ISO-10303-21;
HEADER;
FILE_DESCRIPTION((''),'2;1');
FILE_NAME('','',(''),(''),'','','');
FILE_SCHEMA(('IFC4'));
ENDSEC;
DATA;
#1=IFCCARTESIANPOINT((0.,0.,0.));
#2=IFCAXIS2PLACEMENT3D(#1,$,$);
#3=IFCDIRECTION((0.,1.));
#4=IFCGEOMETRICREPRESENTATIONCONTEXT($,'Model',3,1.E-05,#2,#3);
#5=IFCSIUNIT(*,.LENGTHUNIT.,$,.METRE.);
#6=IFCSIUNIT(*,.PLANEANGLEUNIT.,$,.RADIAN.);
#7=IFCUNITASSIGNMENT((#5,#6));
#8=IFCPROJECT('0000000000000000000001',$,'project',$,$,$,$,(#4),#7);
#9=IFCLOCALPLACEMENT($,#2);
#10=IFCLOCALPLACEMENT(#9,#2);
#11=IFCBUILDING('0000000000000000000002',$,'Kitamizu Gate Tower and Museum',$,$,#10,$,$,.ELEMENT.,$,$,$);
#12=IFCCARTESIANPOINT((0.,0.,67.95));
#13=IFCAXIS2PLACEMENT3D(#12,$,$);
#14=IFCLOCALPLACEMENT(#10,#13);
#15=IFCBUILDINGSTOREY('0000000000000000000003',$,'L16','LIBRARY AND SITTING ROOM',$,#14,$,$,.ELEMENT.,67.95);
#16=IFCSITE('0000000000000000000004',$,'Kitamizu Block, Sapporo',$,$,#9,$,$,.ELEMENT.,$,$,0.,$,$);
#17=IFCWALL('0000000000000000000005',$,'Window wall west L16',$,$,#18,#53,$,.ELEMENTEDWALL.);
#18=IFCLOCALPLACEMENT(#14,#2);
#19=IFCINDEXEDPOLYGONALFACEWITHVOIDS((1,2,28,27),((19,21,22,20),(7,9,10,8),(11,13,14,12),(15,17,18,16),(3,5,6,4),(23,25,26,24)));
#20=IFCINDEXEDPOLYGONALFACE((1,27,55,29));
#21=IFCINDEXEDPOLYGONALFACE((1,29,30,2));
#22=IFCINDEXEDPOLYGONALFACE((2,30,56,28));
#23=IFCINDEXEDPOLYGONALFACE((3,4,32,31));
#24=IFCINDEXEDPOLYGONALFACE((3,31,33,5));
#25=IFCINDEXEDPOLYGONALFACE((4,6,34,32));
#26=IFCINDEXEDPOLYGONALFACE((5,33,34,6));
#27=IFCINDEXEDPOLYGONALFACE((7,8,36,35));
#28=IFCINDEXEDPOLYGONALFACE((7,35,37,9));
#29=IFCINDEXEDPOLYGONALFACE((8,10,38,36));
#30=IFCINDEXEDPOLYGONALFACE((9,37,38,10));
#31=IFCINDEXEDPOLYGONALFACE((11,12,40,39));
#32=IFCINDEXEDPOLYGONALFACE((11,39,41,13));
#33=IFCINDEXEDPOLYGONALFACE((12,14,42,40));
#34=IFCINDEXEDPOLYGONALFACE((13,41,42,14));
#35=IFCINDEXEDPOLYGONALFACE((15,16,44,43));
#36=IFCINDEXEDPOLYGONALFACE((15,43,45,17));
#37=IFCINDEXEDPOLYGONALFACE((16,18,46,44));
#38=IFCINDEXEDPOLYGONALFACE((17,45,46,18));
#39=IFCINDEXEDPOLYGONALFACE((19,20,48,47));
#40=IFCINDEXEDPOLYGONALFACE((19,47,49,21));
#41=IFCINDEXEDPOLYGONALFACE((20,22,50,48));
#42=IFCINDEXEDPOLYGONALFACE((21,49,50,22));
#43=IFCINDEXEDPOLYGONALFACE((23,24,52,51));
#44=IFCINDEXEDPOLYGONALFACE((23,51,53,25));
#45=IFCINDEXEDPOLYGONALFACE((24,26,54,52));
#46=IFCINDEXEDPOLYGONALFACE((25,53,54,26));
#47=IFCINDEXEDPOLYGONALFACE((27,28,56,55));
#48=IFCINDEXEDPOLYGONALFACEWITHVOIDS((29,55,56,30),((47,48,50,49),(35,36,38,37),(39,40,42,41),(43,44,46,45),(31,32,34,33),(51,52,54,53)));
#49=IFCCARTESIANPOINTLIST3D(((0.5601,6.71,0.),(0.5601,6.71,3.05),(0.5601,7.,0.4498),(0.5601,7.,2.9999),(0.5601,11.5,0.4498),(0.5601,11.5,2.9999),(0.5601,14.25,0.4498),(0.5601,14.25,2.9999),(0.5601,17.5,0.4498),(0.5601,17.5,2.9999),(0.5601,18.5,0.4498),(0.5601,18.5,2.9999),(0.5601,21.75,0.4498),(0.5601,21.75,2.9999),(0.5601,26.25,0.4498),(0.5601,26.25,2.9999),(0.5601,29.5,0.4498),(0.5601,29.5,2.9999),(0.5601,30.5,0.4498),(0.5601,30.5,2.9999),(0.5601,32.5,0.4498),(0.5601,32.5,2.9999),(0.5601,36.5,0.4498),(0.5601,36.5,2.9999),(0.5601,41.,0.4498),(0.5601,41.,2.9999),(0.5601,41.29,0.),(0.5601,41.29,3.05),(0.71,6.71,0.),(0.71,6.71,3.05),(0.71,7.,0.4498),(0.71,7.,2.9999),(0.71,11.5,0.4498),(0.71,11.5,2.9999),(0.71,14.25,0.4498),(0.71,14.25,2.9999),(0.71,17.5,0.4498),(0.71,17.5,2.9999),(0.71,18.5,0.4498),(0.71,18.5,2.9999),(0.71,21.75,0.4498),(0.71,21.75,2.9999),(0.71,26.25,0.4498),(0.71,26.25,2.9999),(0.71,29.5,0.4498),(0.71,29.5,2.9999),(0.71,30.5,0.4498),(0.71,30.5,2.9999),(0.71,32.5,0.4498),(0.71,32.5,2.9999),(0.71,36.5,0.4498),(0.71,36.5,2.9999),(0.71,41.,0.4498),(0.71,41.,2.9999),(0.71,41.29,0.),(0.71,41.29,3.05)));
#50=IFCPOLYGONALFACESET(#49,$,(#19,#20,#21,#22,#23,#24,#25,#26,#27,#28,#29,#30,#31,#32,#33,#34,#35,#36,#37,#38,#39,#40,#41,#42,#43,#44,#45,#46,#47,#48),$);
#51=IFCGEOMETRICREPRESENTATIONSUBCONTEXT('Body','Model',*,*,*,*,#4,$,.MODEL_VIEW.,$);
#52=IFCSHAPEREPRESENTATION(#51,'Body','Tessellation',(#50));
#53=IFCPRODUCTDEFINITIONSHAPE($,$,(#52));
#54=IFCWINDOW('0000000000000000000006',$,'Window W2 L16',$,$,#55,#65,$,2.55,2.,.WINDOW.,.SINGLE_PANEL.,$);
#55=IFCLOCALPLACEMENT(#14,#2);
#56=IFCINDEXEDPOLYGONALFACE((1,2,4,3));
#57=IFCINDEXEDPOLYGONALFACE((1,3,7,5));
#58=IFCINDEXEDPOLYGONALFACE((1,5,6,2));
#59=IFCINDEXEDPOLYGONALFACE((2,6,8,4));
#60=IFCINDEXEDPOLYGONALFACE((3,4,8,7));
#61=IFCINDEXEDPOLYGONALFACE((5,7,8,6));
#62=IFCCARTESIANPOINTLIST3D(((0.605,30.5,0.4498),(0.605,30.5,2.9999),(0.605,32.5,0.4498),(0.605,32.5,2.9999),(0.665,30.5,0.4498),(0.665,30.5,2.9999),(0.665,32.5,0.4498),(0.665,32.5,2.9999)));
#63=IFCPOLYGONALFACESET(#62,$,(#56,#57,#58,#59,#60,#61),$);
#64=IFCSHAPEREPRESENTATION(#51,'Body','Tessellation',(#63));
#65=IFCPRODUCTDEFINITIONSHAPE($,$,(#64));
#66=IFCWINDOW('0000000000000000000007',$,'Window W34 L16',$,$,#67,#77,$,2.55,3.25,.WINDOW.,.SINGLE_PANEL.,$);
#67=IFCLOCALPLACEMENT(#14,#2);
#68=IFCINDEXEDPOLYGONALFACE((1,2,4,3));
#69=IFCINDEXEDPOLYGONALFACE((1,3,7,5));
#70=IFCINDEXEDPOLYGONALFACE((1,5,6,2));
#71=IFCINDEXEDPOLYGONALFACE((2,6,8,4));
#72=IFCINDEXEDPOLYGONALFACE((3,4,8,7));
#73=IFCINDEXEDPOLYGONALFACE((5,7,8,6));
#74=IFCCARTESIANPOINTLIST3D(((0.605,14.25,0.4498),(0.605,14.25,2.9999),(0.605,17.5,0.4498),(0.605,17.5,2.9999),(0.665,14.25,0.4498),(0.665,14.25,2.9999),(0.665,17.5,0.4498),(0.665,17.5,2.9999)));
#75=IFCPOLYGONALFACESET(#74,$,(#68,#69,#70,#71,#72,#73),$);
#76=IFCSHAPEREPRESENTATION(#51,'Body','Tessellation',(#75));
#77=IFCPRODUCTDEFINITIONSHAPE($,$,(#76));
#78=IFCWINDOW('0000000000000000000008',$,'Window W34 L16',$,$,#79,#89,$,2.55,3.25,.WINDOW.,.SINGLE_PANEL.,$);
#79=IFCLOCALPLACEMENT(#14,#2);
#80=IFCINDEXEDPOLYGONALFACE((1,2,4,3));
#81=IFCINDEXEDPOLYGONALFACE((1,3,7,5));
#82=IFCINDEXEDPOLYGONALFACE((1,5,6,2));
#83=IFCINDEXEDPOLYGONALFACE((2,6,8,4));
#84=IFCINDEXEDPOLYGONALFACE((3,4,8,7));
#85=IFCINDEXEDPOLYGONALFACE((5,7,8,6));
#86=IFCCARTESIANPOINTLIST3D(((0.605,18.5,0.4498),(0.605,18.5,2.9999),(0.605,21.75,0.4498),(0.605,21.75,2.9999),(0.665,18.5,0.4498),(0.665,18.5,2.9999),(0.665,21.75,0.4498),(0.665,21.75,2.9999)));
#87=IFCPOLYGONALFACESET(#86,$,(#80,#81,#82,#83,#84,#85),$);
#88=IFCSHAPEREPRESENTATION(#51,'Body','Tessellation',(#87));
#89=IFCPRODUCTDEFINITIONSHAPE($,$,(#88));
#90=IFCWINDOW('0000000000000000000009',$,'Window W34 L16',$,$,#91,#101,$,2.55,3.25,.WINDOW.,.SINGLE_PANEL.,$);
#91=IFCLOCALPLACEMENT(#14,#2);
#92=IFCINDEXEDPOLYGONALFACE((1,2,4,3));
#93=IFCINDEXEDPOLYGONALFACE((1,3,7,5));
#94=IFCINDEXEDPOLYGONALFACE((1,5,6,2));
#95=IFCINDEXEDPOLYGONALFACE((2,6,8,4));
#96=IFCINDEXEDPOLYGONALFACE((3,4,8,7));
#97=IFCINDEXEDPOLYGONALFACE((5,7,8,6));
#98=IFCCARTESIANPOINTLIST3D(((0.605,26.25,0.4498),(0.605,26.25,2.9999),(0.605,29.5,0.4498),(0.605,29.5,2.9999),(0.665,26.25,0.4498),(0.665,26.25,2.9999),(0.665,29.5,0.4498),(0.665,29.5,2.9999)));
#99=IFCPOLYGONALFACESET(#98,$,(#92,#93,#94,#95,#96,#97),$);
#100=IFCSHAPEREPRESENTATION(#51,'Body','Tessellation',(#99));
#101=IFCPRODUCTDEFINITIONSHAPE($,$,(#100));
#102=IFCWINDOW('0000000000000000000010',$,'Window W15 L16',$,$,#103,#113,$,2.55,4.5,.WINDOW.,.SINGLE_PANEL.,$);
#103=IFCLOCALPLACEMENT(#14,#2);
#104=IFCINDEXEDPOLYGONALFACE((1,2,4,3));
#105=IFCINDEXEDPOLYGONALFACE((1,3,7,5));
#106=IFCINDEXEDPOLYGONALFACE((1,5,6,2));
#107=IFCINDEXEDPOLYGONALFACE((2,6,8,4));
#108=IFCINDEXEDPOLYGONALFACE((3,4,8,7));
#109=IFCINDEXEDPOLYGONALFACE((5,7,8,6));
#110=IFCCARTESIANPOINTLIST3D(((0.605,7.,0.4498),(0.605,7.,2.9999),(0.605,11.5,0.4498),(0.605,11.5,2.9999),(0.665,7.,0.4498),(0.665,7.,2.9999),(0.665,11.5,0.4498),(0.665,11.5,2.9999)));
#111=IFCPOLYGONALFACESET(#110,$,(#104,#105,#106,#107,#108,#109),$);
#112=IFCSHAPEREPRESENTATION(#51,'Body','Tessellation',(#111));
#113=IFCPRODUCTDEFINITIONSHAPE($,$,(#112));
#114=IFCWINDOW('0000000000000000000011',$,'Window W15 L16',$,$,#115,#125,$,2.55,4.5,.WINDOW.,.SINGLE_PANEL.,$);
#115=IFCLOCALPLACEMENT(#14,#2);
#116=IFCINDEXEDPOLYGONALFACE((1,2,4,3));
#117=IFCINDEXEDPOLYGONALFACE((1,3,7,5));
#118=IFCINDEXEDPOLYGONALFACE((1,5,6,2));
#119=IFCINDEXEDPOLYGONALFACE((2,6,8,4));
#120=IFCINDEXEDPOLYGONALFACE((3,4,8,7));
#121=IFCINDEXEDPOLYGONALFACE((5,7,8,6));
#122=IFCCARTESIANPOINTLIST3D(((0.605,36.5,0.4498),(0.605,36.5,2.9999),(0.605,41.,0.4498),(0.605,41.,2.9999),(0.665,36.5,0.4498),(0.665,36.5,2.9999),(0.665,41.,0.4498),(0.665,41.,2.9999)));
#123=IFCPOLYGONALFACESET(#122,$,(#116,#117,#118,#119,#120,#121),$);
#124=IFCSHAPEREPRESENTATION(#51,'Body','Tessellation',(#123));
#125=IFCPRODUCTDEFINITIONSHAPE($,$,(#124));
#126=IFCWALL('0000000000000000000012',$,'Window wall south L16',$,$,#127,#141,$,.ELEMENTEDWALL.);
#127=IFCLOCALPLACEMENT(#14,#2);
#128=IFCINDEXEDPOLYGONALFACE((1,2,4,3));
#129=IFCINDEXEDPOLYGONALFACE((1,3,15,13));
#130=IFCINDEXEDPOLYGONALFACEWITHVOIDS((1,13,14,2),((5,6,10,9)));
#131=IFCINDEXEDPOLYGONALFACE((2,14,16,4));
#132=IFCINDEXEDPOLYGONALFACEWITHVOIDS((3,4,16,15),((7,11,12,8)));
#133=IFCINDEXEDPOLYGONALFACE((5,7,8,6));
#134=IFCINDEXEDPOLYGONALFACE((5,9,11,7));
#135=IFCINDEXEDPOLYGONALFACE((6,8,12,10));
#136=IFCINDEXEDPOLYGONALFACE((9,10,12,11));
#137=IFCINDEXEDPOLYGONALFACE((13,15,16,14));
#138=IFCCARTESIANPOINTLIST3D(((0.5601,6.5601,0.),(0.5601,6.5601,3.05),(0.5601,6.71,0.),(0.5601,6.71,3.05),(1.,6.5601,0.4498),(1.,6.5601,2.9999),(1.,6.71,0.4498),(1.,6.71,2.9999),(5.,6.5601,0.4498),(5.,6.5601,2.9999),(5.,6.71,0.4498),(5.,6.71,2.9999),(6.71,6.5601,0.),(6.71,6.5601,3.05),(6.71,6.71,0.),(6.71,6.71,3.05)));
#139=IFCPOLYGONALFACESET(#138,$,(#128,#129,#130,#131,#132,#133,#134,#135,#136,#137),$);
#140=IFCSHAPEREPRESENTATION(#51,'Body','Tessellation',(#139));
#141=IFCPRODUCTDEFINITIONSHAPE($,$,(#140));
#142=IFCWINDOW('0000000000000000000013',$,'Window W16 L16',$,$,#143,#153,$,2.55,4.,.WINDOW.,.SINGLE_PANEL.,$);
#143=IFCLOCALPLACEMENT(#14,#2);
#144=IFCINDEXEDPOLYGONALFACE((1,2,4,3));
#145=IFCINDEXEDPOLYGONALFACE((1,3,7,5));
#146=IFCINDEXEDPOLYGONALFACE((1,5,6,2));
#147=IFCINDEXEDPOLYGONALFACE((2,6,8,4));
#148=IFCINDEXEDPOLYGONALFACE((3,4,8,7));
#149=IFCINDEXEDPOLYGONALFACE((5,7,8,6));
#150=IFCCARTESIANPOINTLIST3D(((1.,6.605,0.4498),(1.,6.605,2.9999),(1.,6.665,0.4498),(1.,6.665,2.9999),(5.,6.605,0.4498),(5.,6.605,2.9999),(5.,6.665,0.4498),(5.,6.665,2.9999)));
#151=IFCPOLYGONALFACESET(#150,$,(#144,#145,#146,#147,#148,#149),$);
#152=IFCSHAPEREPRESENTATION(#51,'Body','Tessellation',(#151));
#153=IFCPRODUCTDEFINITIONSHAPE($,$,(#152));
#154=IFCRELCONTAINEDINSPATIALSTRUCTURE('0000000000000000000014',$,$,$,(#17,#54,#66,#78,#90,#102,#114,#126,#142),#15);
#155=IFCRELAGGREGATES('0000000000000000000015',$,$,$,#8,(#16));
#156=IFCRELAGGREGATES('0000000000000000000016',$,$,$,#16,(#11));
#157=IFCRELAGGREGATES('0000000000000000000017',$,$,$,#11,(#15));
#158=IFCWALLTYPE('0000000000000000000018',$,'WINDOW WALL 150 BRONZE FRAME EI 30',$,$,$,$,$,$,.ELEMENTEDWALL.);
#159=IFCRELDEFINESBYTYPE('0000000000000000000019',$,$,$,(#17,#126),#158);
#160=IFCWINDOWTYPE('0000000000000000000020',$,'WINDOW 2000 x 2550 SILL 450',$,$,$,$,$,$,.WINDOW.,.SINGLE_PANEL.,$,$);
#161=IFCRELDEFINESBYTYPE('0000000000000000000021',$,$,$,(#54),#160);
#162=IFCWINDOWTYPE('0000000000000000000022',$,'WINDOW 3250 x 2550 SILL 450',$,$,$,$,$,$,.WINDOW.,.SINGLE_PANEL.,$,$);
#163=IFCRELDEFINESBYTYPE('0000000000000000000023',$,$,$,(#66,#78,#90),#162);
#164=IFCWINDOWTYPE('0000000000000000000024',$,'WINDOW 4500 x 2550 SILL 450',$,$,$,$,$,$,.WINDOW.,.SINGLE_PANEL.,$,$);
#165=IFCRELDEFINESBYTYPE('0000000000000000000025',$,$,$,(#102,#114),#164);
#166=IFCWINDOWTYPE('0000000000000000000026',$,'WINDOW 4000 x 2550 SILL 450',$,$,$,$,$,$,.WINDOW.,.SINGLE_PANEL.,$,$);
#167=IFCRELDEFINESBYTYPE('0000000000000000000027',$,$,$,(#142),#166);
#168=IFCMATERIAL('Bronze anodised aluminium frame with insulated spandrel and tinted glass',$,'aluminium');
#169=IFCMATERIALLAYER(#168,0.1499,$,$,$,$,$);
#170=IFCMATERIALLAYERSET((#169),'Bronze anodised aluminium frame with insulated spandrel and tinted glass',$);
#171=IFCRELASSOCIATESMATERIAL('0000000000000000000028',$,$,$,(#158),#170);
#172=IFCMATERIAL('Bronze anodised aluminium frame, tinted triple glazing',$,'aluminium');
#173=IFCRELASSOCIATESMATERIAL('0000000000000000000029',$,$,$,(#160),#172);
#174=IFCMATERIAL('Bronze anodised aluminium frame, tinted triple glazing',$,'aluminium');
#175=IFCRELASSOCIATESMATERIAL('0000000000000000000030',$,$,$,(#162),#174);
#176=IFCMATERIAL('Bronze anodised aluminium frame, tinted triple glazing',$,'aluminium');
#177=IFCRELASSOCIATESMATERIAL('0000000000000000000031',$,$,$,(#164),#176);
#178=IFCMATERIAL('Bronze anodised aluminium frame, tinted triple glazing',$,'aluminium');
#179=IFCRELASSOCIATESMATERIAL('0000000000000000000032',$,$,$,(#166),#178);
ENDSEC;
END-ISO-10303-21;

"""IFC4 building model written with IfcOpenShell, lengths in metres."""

from ifc_helpers import new_model, si_unit, direction, frame, frame_2d, origin, place, context, subcontext, project, spatial, rectangle, extrude, material, layer, layer_set, type_object, element, fill, save


model = new_model("IFC4")

# Units and contexts
model_context = context("Model", 3, precision=1e-05, world=origin(), true_north=direction((0.0, 1.0)))
body_context = subcontext(model_context, "Body", "Model", "MODEL_VIEW")
ifc_project = project(units=[si_unit("LENGTHUNIT", "METRE"), si_unit("PLANEANGLEUNIT", "RADIAN")], contexts=[model_context])

# Site, building, storey
site_placement = place(None, origin())
site = spatial("IfcSite", under=ifc_project, at=site_placement, Name="Kitamizu Block, Sapporo", CompositionType="ELEMENT", RefElevation=0.0)
building_placement = place(site_placement, origin())
building = spatial("IfcBuilding", under=site, at=building_placement, Name="Kitamizu Gate Tower and Museum", CompositionType="ELEMENT")
storey_placement = place(building_placement, frame((0.0, 0.0, 67.95)))
storey = spatial("IfcBuildingStorey", under=building, at=storey_placement, Name="L16", Description="LIBRARY AND SITTING ROOM", CompositionType="ELEMENT", Elevation=67.95)

# Wall, openings, windows
ifc_material_1 = material(Name="Bronze anodised aluminium frame with insulated spandrel and tinted glass", Category="aluminium")
ifc_layer_1 = layer(ifc_material_1, 0.1499)
ifc_layer_set_1 = layer_set([ifc_layer_1], Name="Bronze anodised aluminium frame with insulated spandrel and tinted glass")
wall_type_1 = type_object("IfcWallType", Name="WINDOW WALL 150 BRONZE FRAME EI 30", PredefinedType="ELEMENTEDWALL", material=ifc_layer_set_1)
wall_1_placement = place(storey_placement, frame((0.635, 6.71, 0.0), z_axis=(0.0, 0.0, 1.0), x_axis=(0.0, 1.0, 0.0)))
wall_1 = element("IfcWall", 1, at=wall_1_placement, inside=storey, type_object=wall_type_1, Name="Window wall west L16", PredefinedType="ELEMENTEDWALL", context=body_context, shape_type="SweptSolid", body=[
    extrude(rectangle(XDim=34.5801, YDim=0.1499, at=frame_2d((17.29, 0.0))), origin(), (0.0, 0.0, 1.0), 3.05),
])
opening_1_placement = place(wall_1_placement, frame((0.29, 0.0, 0.45)))
opening_1 = element("IfcOpeningElement", 2, at=opening_1_placement, cuts=wall_1, PredefinedType="OPENING", context=body_context, shape_type="SweptSolid", body=[
    extrude(rectangle(XDim=4.5, YDim=2.55, at=frame_2d((2.25, 1.2749))), frame((0.0, 0.085, 0.0), z_axis=(0.0, -1.0, 0.0), x_axis=(1.0, 0.0, 0.0)), (0.0, 0.0, 1.0), 0.1699),
])
opening_2_placement = place(wall_1_placement, frame((7.54, 0.0, 0.45)))
opening_2 = element("IfcOpeningElement", 3, at=opening_2_placement, cuts=wall_1, PredefinedType="OPENING", context=body_context, shape_type="SweptSolid", body=[
    extrude(rectangle(XDim=3.25, YDim=2.55, at=frame_2d((1.625, 1.2749))), frame((0.0, 0.085, 0.0), z_axis=(0.0, -1.0, 0.0), x_axis=(1.0, 0.0, 0.0)), (0.0, 0.0, 1.0), 0.1699),
])
opening_3_placement = place(wall_1_placement, frame((11.79, 0.0, 0.45)))
opening_3 = element("IfcOpeningElement", 4, at=opening_3_placement, cuts=wall_1, PredefinedType="OPENING", context=body_context, shape_type="SweptSolid", body=[
    extrude(rectangle(XDim=3.25, YDim=2.55, at=frame_2d((1.625, 1.2749))), frame((0.0, 0.085, 0.0), z_axis=(0.0, -1.0, 0.0), x_axis=(1.0, 0.0, 0.0)), (0.0, 0.0, 1.0), 0.1699),
])
opening_4_placement = place(wall_1_placement, frame((19.54, 0.0, 0.45)))
opening_4 = element("IfcOpeningElement", 5, at=opening_4_placement, cuts=wall_1, PredefinedType="OPENING", context=body_context, shape_type="SweptSolid", body=[
    extrude(rectangle(XDim=3.25, YDim=2.55, at=frame_2d((1.625, 1.2749))), frame((0.0, 0.085, 0.0), z_axis=(0.0, -1.0, 0.0), x_axis=(1.0, 0.0, 0.0)), (0.0, 0.0, 1.0), 0.1699),
])
opening_5_placement = place(wall_1_placement, frame((23.79, 0.0, 0.45)))
opening_5 = element("IfcOpeningElement", 6, at=opening_5_placement, cuts=wall_1, PredefinedType="OPENING", context=body_context, shape_type="SweptSolid", body=[
    extrude(rectangle(XDim=2.0, YDim=2.55, at=frame_2d((1.0, 1.2749))), frame((0.0, 0.085, 0.0), z_axis=(0.0, -1.0, 0.0), x_axis=(1.0, 0.0, 0.0)), (0.0, 0.0, 1.0), 0.1699),
])
opening_6_placement = place(wall_1_placement, frame((29.79, 0.0, 0.45)))
opening_6 = element("IfcOpeningElement", 7, at=opening_6_placement, cuts=wall_1, PredefinedType="OPENING", context=body_context, shape_type="SweptSolid", body=[
    extrude(rectangle(XDim=4.5, YDim=2.55, at=frame_2d((2.25, 1.2749))), frame((0.0, 0.085, 0.0), z_axis=(0.0, -1.0, 0.0), x_axis=(1.0, 0.0, 0.0)), (0.0, 0.0, 1.0), 0.1699),
])
ifc_material_2 = material(Name="Bronze anodised aluminium frame, tinted triple glazing", Category="aluminium")
window_type_1 = type_object("IfcWindowType", Name="WINDOW 2000 x 2550 SILL 450", PartitioningType="SINGLE_PANEL", PredefinedType="WINDOW", material=ifc_material_2)
window_1_placement = place(opening_5_placement, origin())
window_1 = element("IfcWindow", 8, at=window_1_placement, inside=storey, type_object=window_type_1, Name="Window W2 L16", OverallHeight=2.55, OverallWidth=2.0, PartitioningType="SINGLE_PANEL", PredefinedType="WINDOW", context=body_context, shape_type="SweptSolid", body=[
    extrude(rectangle(XDim=2.0, YDim=2.55, at=frame_2d((1.0, 1.2749))), frame((0.0, 0.03, 0.0), z_axis=(0.0, -1.0, 0.0), x_axis=(1.0, 0.0, 0.0)), (0.0, 0.0, 1.0), 0.0601),
])
fill(opening_5, window_1)
ifc_material_3 = material(Name="Bronze anodised aluminium frame, tinted triple glazing", Category="aluminium")
window_type_2 = type_object("IfcWindowType", Name="WINDOW 3250 x 2550 SILL 450", PartitioningType="SINGLE_PANEL", PredefinedType="WINDOW", material=ifc_material_3)
window_2_placement = place(opening_2_placement, origin())
window_2 = element("IfcWindow", 9, at=window_2_placement, inside=storey, type_object=window_type_2, Name="Window W34 L16", OverallHeight=2.55, OverallWidth=3.25, PartitioningType="SINGLE_PANEL", PredefinedType="WINDOW", context=body_context, shape_type="SweptSolid", body=[
    extrude(rectangle(XDim=3.25, YDim=2.55, at=frame_2d((1.625, 1.2749))), frame((0.0, 0.03, 0.0), z_axis=(0.0, -1.0, 0.0), x_axis=(1.0, 0.0, 0.0)), (0.0, 0.0, 1.0), 0.0601),
])
fill(opening_2, window_2)
window_3_placement = place(opening_3_placement, origin())
window_3 = element("IfcWindow", 10, at=window_3_placement, inside=storey, type_object=window_type_2, Name="Window W34 L16", OverallHeight=2.55, OverallWidth=3.25, PartitioningType="SINGLE_PANEL", PredefinedType="WINDOW", context=body_context, shape_type="SweptSolid", body=[
    extrude(rectangle(XDim=3.25, YDim=2.55, at=frame_2d((1.625, 1.2749))), frame((0.0, 0.03, 0.0), z_axis=(0.0, -1.0, 0.0), x_axis=(1.0, 0.0, 0.0)), (0.0, 0.0, 1.0), 0.0601),
])
fill(opening_3, window_3)
window_4_placement = place(opening_4_placement, origin())
window_4 = element("IfcWindow", 11, at=window_4_placement, inside=storey, type_object=window_type_2, Name="Window W34 L16", OverallHeight=2.55, OverallWidth=3.25, PartitioningType="SINGLE_PANEL", PredefinedType="WINDOW", context=body_context, shape_type="SweptSolid", body=[
    extrude(rectangle(XDim=3.25, YDim=2.55, at=frame_2d((1.625, 1.2749))), frame((0.0, 0.03, 0.0), z_axis=(0.0, -1.0, 0.0), x_axis=(1.0, 0.0, 0.0)), (0.0, 0.0, 1.0), 0.0601),
])
fill(opening_4, window_4)
ifc_material_4 = material(Name="Bronze anodised aluminium frame, tinted triple glazing", Category="aluminium")
window_type_3 = type_object("IfcWindowType", Name="WINDOW 4500 x 2550 SILL 450", PartitioningType="SINGLE_PANEL", PredefinedType="WINDOW", material=ifc_material_4)
window_5_placement = place(opening_1_placement, origin())
window_5 = element("IfcWindow", 12, at=window_5_placement, inside=storey, type_object=window_type_3, Name="Window W15 L16", OverallHeight=2.55, OverallWidth=4.5, PartitioningType="SINGLE_PANEL", PredefinedType="WINDOW", context=body_context, shape_type="SweptSolid", body=[
    extrude(rectangle(XDim=4.5, YDim=2.55, at=frame_2d((2.25, 1.2749))), frame((0.0, 0.03, 0.0), z_axis=(0.0, -1.0, 0.0), x_axis=(1.0, 0.0, 0.0)), (0.0, 0.0, 1.0), 0.0601),
])
fill(opening_1, window_5)
window_6_placement = place(opening_6_placement, origin())
window_6 = element("IfcWindow", 13, at=window_6_placement, inside=storey, type_object=window_type_3, Name="Window W15 L16", OverallHeight=2.55, OverallWidth=4.5, PartitioningType="SINGLE_PANEL", PredefinedType="WINDOW", context=body_context, shape_type="SweptSolid", body=[
    extrude(rectangle(XDim=4.5, YDim=2.55, at=frame_2d((2.25, 1.2749))), frame((0.0, 0.03, 0.0), z_axis=(0.0, -1.0, 0.0), x_axis=(1.0, 0.0, 0.0)), (0.0, 0.0, 1.0), 0.0601),
])
fill(opening_6, window_6)

# Wall, opening, window
wall_2_placement = place(storey_placement, frame((0.5601, 6.635, 0.0), z_axis=(0.0, 0.0, 1.0), x_axis=(1.0, 0.0, 0.0)))
wall_2 = element("IfcWall", 14, at=wall_2_placement, inside=storey, type_object=wall_type_1, Name="Window wall south L16", PredefinedType="ELEMENTEDWALL", context=body_context, shape_type="SweptSolid", body=[
    extrude(rectangle(XDim=6.1499, YDim=0.1499, at=frame_2d((3.075, 0.0))), origin(), (0.0, 0.0, 1.0), 3.05),
])
opening_7_placement = place(wall_2_placement, frame((0.4399, 0.0, 0.45)))
opening_7 = element("IfcOpeningElement", 15, at=opening_7_placement, cuts=wall_2, PredefinedType="OPENING", context=body_context, shape_type="SweptSolid", body=[
    extrude(rectangle(XDim=4.0, YDim=2.55, at=frame_2d((2.0, 1.2749))), frame((0.0, 0.085, 0.0), z_axis=(0.0, -1.0, 0.0), x_axis=(1.0, 0.0, 0.0)), (0.0, 0.0, 1.0), 0.1699),
])
ifc_material_5 = material(Name="Bronze anodised aluminium frame, tinted triple glazing", Category="aluminium")
window_type_4 = type_object("IfcWindowType", Name="WINDOW 4000 x 2550 SILL 450", PartitioningType="SINGLE_PANEL", PredefinedType="WINDOW", material=ifc_material_5)
window_7_placement = place(opening_7_placement, origin())
window_7 = element("IfcWindow", 16, at=window_7_placement, inside=storey, type_object=window_type_4, Name="Window W16 L16", OverallHeight=2.55, OverallWidth=4.0, PartitioningType="SINGLE_PANEL", PredefinedType="WINDOW", context=body_context, shape_type="SweptSolid", body=[
    extrude(rectangle(XDim=4.0, YDim=2.55, at=frame_2d((2.0, 1.2749))), frame((0.0, 0.03, 0.0), z_axis=(0.0, -1.0, 0.0), x_axis=(1.0, 0.0, 0.0)), (0.0, 0.0, 1.0), 0.0601),
])
fill(opening_7, window_7)

save(model, "model.ifc")
